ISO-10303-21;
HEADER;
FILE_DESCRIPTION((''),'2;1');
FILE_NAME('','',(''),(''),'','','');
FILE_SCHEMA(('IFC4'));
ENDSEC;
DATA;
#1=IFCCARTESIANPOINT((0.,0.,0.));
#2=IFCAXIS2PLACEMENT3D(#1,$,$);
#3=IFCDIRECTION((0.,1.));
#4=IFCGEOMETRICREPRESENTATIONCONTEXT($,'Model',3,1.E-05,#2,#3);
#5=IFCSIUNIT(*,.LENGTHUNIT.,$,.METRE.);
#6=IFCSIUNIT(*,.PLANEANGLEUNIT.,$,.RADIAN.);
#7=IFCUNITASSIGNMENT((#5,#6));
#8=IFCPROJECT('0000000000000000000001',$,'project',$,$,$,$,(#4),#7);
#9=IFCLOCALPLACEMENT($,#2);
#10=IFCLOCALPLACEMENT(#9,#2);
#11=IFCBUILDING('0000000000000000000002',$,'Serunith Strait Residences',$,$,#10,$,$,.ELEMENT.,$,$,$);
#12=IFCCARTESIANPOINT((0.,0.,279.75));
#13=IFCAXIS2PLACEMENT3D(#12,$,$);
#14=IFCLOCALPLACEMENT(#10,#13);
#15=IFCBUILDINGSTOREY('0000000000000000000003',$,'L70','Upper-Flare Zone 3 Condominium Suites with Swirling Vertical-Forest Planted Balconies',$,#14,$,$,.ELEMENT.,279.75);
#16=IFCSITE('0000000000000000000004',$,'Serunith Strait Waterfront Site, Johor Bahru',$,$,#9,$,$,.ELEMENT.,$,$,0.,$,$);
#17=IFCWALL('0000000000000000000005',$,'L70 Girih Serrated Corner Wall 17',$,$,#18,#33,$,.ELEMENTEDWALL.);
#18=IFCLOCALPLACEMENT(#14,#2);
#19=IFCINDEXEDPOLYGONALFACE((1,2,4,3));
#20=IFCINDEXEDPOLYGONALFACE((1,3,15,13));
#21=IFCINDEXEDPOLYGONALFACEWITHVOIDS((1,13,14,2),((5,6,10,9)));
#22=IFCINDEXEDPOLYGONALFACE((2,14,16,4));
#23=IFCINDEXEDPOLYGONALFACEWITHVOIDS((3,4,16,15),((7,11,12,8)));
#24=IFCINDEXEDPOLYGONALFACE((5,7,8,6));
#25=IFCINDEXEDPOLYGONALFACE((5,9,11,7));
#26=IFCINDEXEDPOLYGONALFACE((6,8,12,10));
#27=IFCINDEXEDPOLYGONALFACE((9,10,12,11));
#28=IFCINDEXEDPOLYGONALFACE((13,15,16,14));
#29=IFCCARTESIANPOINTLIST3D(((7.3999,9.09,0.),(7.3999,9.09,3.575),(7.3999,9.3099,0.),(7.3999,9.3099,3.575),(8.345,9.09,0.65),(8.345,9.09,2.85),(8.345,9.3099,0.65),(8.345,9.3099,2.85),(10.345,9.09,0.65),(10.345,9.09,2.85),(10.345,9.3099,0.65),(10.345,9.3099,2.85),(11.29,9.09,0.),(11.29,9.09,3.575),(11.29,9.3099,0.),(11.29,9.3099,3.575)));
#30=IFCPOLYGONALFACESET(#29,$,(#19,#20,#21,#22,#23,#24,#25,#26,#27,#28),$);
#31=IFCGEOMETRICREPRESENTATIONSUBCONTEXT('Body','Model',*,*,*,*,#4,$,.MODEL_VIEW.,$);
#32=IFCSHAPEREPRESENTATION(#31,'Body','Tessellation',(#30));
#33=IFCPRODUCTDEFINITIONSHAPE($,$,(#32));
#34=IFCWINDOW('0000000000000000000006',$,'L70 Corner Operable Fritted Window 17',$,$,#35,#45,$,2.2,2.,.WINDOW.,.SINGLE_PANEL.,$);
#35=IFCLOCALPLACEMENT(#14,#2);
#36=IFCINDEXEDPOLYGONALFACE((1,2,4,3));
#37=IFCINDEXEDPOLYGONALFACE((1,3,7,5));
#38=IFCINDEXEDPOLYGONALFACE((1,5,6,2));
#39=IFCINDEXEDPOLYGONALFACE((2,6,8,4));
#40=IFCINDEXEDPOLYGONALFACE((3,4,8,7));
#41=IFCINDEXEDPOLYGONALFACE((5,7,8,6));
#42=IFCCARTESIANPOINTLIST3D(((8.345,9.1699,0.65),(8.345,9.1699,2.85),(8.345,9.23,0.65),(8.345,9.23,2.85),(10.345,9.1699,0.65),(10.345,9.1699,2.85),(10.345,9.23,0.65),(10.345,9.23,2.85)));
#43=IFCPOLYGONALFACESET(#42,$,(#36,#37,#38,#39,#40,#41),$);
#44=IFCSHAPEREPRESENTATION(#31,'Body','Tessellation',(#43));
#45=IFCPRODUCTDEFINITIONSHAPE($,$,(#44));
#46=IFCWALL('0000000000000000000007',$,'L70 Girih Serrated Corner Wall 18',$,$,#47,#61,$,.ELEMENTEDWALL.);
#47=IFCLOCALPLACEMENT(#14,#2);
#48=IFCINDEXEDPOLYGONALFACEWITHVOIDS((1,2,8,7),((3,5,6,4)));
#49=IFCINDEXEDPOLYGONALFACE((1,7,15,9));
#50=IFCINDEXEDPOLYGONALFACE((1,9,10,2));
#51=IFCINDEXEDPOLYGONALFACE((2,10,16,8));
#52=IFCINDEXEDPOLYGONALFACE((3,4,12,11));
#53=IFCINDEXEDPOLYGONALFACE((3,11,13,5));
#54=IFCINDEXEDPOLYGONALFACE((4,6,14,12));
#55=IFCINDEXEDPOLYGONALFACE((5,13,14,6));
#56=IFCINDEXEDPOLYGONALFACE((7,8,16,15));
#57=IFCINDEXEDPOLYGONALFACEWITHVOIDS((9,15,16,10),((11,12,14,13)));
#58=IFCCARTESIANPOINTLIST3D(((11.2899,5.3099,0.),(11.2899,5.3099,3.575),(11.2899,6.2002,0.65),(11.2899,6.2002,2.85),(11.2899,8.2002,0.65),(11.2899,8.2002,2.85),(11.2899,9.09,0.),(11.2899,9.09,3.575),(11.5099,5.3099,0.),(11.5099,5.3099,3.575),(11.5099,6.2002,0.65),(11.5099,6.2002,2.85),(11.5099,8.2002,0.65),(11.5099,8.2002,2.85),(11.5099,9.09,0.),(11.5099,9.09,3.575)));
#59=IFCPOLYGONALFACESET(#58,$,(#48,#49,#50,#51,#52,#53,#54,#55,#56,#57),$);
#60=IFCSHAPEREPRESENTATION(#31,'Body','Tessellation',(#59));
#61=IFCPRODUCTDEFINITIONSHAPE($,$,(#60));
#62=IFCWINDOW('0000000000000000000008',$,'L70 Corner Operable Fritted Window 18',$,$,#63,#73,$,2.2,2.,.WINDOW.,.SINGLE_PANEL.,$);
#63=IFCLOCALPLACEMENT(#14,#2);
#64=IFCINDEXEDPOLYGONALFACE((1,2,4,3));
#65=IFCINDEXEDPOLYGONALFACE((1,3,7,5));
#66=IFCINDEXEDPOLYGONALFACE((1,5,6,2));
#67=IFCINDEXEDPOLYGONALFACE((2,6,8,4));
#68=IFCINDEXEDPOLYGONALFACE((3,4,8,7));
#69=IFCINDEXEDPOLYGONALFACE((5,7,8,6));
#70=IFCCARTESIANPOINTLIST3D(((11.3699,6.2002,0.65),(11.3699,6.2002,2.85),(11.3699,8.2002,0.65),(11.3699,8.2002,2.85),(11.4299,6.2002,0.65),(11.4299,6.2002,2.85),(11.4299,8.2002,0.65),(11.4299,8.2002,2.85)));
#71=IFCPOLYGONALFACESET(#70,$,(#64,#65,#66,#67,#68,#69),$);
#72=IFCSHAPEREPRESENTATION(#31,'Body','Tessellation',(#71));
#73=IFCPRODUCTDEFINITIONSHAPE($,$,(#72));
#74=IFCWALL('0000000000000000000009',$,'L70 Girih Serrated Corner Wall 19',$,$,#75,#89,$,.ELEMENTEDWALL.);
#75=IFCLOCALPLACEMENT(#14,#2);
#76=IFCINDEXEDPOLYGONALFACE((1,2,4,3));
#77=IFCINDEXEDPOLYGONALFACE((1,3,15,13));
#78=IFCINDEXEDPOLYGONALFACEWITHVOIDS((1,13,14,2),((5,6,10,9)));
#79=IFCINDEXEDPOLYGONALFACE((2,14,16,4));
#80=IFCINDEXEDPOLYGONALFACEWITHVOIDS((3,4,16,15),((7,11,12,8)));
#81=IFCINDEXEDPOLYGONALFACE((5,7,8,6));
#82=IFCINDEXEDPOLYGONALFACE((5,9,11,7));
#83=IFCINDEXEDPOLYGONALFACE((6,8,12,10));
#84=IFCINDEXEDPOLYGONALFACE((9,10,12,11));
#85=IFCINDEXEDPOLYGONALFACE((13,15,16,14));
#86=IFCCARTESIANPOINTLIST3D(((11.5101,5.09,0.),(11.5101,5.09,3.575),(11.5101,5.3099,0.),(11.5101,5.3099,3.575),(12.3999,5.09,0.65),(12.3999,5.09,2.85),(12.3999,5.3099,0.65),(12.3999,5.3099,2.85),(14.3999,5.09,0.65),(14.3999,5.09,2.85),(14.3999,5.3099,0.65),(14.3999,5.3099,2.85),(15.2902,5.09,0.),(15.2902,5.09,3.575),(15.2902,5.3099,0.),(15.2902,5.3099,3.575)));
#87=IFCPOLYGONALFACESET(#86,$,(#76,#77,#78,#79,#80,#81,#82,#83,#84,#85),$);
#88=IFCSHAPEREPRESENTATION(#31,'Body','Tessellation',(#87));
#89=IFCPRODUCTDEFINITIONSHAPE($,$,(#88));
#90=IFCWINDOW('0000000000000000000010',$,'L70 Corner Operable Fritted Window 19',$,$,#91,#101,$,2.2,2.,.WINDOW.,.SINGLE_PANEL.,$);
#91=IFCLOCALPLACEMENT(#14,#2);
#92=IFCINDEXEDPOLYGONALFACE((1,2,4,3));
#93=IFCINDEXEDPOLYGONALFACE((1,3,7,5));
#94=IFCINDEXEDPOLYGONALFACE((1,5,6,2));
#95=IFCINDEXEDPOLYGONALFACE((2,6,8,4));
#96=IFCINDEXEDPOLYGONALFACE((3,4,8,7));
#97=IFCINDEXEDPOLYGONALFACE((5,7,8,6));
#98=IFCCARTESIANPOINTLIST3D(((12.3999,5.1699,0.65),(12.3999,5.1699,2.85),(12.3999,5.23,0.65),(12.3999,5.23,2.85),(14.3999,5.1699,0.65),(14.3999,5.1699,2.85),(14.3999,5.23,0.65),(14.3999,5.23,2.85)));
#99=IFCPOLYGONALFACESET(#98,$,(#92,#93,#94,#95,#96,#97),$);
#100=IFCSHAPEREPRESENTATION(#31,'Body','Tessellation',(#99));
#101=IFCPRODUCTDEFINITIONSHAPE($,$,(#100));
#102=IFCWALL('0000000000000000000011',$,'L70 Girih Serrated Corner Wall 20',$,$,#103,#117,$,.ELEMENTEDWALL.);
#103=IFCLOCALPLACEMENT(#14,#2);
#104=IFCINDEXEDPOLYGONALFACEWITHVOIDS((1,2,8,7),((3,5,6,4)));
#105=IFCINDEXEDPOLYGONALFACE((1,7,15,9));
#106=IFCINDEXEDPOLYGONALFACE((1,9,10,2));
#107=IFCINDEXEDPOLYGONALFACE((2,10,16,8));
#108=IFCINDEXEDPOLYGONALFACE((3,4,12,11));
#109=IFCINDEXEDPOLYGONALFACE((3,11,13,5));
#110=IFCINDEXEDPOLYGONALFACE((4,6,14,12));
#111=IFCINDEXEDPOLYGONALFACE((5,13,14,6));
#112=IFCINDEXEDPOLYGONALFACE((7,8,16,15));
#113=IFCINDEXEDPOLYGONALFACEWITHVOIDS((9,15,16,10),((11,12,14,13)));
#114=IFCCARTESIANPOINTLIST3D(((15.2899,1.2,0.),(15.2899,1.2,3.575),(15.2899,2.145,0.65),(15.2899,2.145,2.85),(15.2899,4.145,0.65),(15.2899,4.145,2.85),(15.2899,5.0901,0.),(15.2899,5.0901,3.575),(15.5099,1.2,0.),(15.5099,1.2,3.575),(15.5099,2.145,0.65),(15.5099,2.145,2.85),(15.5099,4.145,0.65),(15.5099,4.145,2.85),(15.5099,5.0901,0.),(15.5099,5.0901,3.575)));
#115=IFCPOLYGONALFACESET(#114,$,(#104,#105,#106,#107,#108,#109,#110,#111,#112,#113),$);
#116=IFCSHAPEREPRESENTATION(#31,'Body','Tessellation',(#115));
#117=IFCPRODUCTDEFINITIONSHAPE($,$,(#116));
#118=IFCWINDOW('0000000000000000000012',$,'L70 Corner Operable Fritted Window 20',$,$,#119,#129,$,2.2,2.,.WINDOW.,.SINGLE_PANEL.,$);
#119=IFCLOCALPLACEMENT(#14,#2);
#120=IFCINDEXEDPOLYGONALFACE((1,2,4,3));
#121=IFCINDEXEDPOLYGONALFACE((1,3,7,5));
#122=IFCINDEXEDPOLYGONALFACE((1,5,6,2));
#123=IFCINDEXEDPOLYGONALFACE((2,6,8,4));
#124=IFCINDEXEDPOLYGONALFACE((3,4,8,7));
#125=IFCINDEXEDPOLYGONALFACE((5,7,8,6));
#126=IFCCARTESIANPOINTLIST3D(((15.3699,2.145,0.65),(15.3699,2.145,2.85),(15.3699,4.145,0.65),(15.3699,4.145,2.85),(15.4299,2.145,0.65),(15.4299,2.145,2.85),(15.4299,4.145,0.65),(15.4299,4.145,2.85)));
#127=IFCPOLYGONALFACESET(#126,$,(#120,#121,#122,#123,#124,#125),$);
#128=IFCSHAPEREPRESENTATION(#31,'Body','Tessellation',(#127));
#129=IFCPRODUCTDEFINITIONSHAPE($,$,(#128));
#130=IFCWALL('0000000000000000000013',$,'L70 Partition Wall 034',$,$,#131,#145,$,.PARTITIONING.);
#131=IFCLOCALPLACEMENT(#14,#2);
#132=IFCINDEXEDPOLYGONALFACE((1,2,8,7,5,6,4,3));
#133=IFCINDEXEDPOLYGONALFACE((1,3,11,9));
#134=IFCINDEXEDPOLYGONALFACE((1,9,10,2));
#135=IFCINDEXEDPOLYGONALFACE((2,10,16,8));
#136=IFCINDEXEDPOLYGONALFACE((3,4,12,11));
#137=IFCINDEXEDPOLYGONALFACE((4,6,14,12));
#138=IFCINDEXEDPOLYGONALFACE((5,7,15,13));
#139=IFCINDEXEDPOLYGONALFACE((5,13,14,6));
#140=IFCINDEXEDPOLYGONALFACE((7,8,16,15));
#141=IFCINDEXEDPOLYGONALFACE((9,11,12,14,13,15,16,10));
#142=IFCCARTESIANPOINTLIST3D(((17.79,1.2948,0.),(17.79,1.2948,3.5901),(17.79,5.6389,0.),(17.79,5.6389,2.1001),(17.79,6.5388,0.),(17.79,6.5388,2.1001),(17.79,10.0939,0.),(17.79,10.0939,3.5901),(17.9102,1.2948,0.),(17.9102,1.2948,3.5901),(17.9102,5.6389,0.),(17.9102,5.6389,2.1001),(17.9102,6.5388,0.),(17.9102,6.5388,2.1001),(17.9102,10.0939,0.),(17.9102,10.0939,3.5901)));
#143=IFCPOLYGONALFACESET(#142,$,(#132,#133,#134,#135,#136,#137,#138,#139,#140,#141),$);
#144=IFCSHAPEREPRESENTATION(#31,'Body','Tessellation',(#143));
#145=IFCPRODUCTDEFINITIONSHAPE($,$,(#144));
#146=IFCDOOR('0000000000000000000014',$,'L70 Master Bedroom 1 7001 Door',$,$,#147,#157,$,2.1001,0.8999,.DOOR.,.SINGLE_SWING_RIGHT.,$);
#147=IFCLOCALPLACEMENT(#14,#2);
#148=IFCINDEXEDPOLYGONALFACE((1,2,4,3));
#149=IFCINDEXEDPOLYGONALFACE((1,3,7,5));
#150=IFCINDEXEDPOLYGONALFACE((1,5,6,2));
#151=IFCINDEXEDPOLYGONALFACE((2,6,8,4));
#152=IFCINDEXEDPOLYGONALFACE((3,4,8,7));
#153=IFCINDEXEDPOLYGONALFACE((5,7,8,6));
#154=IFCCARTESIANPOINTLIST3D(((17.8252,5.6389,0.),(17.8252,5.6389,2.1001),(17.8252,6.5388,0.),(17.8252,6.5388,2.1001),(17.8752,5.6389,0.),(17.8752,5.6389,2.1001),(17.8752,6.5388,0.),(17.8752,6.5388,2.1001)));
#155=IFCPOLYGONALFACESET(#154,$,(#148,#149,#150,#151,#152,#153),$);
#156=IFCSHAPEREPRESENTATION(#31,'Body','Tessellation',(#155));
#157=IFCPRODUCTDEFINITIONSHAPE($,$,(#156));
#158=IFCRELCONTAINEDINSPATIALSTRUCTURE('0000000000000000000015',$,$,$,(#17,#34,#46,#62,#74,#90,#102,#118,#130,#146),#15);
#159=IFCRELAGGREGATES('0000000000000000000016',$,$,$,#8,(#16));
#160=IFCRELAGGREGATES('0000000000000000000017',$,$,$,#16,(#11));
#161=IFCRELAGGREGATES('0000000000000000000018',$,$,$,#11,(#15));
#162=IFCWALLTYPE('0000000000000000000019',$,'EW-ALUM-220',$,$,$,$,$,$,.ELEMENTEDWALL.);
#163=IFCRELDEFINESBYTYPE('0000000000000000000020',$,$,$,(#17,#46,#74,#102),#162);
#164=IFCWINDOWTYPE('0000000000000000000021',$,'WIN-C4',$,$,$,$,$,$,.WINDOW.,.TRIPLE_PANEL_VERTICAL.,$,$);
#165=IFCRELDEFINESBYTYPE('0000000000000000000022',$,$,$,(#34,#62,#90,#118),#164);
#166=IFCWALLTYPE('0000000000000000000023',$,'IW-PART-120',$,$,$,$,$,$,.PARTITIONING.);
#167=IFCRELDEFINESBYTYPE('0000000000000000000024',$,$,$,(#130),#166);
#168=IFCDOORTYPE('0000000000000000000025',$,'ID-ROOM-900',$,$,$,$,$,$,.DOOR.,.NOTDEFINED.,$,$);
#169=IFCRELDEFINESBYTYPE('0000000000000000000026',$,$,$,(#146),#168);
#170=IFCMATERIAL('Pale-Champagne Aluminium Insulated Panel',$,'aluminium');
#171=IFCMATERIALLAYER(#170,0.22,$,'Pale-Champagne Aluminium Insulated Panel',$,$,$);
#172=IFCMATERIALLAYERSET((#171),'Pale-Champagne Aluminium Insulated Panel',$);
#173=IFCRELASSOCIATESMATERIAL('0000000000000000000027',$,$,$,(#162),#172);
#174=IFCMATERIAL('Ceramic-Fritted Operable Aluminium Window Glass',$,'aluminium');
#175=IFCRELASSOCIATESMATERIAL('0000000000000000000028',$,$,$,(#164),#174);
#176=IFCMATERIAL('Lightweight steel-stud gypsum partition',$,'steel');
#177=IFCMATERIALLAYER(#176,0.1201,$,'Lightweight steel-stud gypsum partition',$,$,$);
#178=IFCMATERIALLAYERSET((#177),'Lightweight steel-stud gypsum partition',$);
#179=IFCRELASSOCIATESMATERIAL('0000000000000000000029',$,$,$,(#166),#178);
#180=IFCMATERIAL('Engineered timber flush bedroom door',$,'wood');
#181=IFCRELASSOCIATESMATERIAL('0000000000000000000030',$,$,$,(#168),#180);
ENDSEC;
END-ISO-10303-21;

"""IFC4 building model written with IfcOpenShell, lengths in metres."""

from ifc_helpers import new_model, si_unit, direction, frame, frame_2d, origin, place, context, subcontext, project, spatial, rectangle, extrude, source, transform, mapped, material, layer, layer_set, type_object, element, fill, save


model = new_model("IFC4")

# Units and contexts
model_context = context("Model", 3, precision=1e-05, world=origin(), true_north=direction((0.0, 1.0)))
body_context = subcontext(model_context, "Body", "Model", "MODEL_VIEW")
ifc_project = project(units=[si_unit("LENGTHUNIT", "METRE"), si_unit("PLANEANGLEUNIT", "RADIAN")], contexts=[model_context])

# Site, building, storey
site_placement = place(None, origin())
site = spatial("IfcSite", under=ifc_project, at=site_placement, Name="Serunith Strait Waterfront Site, Johor Bahru", CompositionType="ELEMENT", RefElevation=0.0)
building_placement = place(site_placement, origin())
building = spatial("IfcBuilding", under=site, at=building_placement, Name="Serunith Strait Residences", CompositionType="ELEMENT")
storey_placement = place(building_placement, frame((0.0, 0.0, 279.75)))
storey = spatial("IfcBuildingStorey", under=building, at=storey_placement, Name="L70", Description="Upper-Flare Zone 3 Condominium Suites with Swirling Vertical-Forest Planted Balconies", CompositionType="ELEMENT", Elevation=279.75)

# Walls, openings, windows
ifc_material_1 = material(Name="Pale-Champagne Aluminium Insulated Panel", Category="aluminium")
ifc_layer_1 = layer(ifc_material_1, 0.22, Name="Pale-Champagne Aluminium Insulated Panel")
ifc_layer_set_1 = layer_set([ifc_layer_1], Name="Pale-Champagne Aluminium Insulated Panel")
wall_type_1 = type_object("IfcWallType", Name="EW-ALUM-220", PredefinedType="ELEMENTEDWALL", material=ifc_layer_set_1)
wall_1_placement = place(storey_placement, frame((7.3999, 9.2, 0.0), z_axis=(0.0, 0.0, 1.0), x_axis=(1.0, 0.0, 0.0)))
wall_1 = element("IfcWall", 1, at=wall_1_placement, inside=storey, type_object=wall_type_1, Name="L70 Girih Serrated Corner Wall 17", PredefinedType="ELEMENTEDWALL", context=body_context, shape_type="SweptSolid", body=[
    extrude(rectangle(XDim=3.8901, YDim=0.22, at=frame_2d((1.9451, 0.0))), origin(), (0.0, 0.0, 1.0), 3.575),
])
opening_1_placement = place(wall_1_placement, frame((0.9451, 0.0, 0.6499)))
opening_1 = element("IfcOpeningElement", 2, at=opening_1_placement, cuts=wall_1, PredefinedType="OPENING", context=body_context, shape_type="SweptSolid", body=[
    extrude(rectangle(XDim=2.0, YDim=2.2, at=frame_2d((1.0, 1.1001))), frame((0.0, 0.1201, 0.0), z_axis=(0.0, -1.0, 0.0), x_axis=(1.0, 0.0, 0.0)), (0.0, 0.0, 1.0), 0.24),
])
ifc_material_2 = material(Name="Ceramic-Fritted Operable Aluminium Window Glass", Category="aluminium")
window_type = type_object("IfcWindowType", Name="WIN-C4", PartitioningType="TRIPLE_PANEL_VERTICAL", PredefinedType="WINDOW", material=ifc_material_2)
shared_shape_1 = source(origin(), body_context, "Body", "SweptSolid", [
    extrude(rectangle(XDim=2.0, YDim=2.2, at=frame_2d((1.0, 1.1001))), frame((0.0, 0.03, 0.0), z_axis=(0.0, -1.0, 0.0), x_axis=(1.0, 0.0, 0.0)), (0.0, 0.0, 1.0), 0.0601),
])
window_1_placement = place(opening_1_placement, origin())
window_1 = element("IfcWindow", 3, at=window_1_placement, inside=storey, type_object=window_type, Name="L70 Corner Operable Fritted Window 17", OverallHeight=2.2, OverallWidth=2.0, PartitioningType="SINGLE_PANEL", PredefinedType="WINDOW", context=body_context, shape_type="MappedRepresentation", body=[
    mapped(shared_shape_1, transform((0.0, 0.0, 0.0), scale=1.0)),
])
fill(opening_1, window_1)
wall_2_placement = place(storey_placement, frame((11.3999, 9.0901, 0.0), z_axis=(0.0, 0.0, 1.0), x_axis=(0.0, -1.0, 0.0)))
wall_2 = element("IfcWall", 4, at=wall_2_placement, inside=storey, type_object=wall_type_1, Name="L70 Girih Serrated Corner Wall 18", PredefinedType="ELEMENTEDWALL", context=body_context, shape_type="SweptSolid", body=[
    extrude(rectangle(XDim=3.78, YDim=0.22, at=frame_2d((1.8901, 0.0))), origin(), (0.0, 0.0, 1.0), 3.575),
])
opening_2_placement = place(wall_2_placement, frame((0.8899, 0.0, 0.6499)))
opening_2 = element("IfcOpeningElement", 5, at=opening_2_placement, cuts=wall_2, PredefinedType="OPENING", context=body_context, shape_type="SweptSolid", body=[
    extrude(rectangle(XDim=2.0, YDim=2.2, at=frame_2d((1.0, 1.1001))), frame((0.0, 0.1201, 0.0), z_axis=(0.0, -1.0, 0.0), x_axis=(1.0, 0.0, 0.0)), (0.0, 0.0, 1.0), 0.24),
])
window_2_placement = place(opening_2_placement, origin())
window_2 = element("IfcWindow", 6, at=window_2_placement, inside=storey, type_object=window_type, Name="L70 Corner Operable Fritted Window 18", OverallHeight=2.2, OverallWidth=2.0, PartitioningType="SINGLE_PANEL", PredefinedType="WINDOW", context=body_context, shape_type="MappedRepresentation", body=[
    mapped(shared_shape_1, transform((0.0, 0.0, 0.0), scale=1.0)),
])
fill(opening_2, window_2)
wall_3_placement = place(storey_placement, frame((11.51, 5.2, 0.0), z_axis=(0.0, 0.0, 1.0), x_axis=(1.0, 0.0, 0.0)))
wall_3 = element("IfcWall", 7, at=wall_3_placement, inside=storey, type_object=wall_type_1, Name="L70 Girih Serrated Corner Wall 19", PredefinedType="ELEMENTEDWALL", context=body_context, shape_type="SweptSolid", body=[
    extrude(rectangle(XDim=3.78, YDim=0.22, at=frame_2d((1.8901, 0.0))), origin(), (0.0, 0.0, 1.0), 3.575),
])
opening_3_placement = place(wall_3_placement, frame((0.8899, 0.0, 0.6499)))
opening_3 = element("IfcOpeningElement", 8, at=opening_3_placement, cuts=wall_3, PredefinedType="OPENING", context=body_context, shape_type="SweptSolid", body=[
    extrude(rectangle(XDim=2.0, YDim=2.2, at=frame_2d((1.0, 1.1001))), frame((0.0, 0.1201, 0.0), z_axis=(0.0, -1.0, 0.0), x_axis=(1.0, 0.0, 0.0)), (0.0, 0.0, 1.0), 0.24),
])
window_3_placement = place(opening_3_placement, origin())
window_3 = element("IfcWindow", 9, at=window_3_placement, inside=storey, type_object=window_type, Name="L70 Corner Operable Fritted Window 19", OverallHeight=2.2, OverallWidth=2.0, PartitioningType="SINGLE_PANEL", PredefinedType="WINDOW", context=body_context, shape_type="MappedRepresentation", body=[
    mapped(shared_shape_1, transform((0.0, 0.0, 0.0), scale=1.0)),
])
fill(opening_3, window_3)
wall_4_placement = place(storey_placement, frame((15.3999, 5.0901, 0.0), z_axis=(0.0, 0.0, 1.0), x_axis=(0.0, -1.0, 0.0)))
wall_4 = element("IfcWall", 10, at=wall_4_placement, inside=storey, type_object=wall_type_1, Name="L70 Girih Serrated Corner Wall 20", PredefinedType="ELEMENTEDWALL", context=body_context, shape_type="SweptSolid", body=[
    extrude(rectangle(XDim=3.8901, YDim=0.22, at=frame_2d((1.9451, 0.0))), origin(), (0.0, 0.0, 1.0), 3.575),
])
opening_4_placement = place(wall_4_placement, frame((0.9451, 0.0, 0.6499)))
opening_4 = element("IfcOpeningElement", 11, at=opening_4_placement, cuts=wall_4, PredefinedType="OPENING", context=body_context, shape_type="SweptSolid", body=[
    extrude(rectangle(XDim=2.0, YDim=2.2, at=frame_2d((1.0, 1.1001))), frame((0.0, 0.1201, 0.0), z_axis=(0.0, -1.0, 0.0), x_axis=(1.0, 0.0, 0.0)), (0.0, 0.0, 1.0), 0.24),
])
window_4_placement = place(opening_4_placement, origin())
window_4 = element("IfcWindow", 12, at=window_4_placement, inside=storey, type_object=window_type, Name="L70 Corner Operable Fritted Window 20", OverallHeight=2.2, OverallWidth=2.0, PartitioningType="SINGLE_PANEL", PredefinedType="WINDOW", context=body_context, shape_type="MappedRepresentation", body=[
    mapped(shared_shape_1, transform((0.0, 0.0, 0.0), scale=1.0)),
])
fill(opening_4, window_4)

# Wall, opening, door
ifc_material_3 = material(Name="Lightweight steel-stud gypsum partition", Category="steel")
ifc_layer_2 = layer(ifc_material_3, 0.1201, Name="Lightweight steel-stud gypsum partition")
ifc_layer_set_2 = layer_set([ifc_layer_2], Name="Lightweight steel-stud gypsum partition")
wall_type_2 = type_object("IfcWallType", Name="IW-PART-120", PredefinedType="PARTITIONING", material=ifc_layer_set_2)
wall_5_placement = place(storey_placement, frame((17.8501, 1.2949, 0.0), z_axis=(0.0, 0.0, 1.0), x_axis=(0.0, 1.0, 0.0)))
wall_5 = element("IfcWall", 13, at=wall_5_placement, inside=storey, type_object=wall_type_2, Name="L70 Partition Wall 034", PredefinedType="PARTITIONING", context=body_context, shape_type="SweptSolid", body=[
    extrude(rectangle(XDim=8.7991, YDim=0.1201, at=frame_2d((4.3994, 0.0))), origin(), (0.0, 0.0, 1.0), 3.5901),
])
opening_5_placement = place(wall_5_placement, frame((4.344, 0.0, 0.0)))
opening_5 = element("IfcOpeningElement", 14, at=opening_5_placement, cuts=wall_5, PredefinedType="OPENING", context=body_context, shape_type="SweptSolid", body=[
    extrude(rectangle(XDim=0.8999, YDim=2.1001, at=frame_2d((0.45, 1.05))), frame((0.0, 0.0701, 0.0), z_axis=(0.0, -1.0, 0.0), x_axis=(1.0, 0.0, 0.0)), (0.0, 0.0, 1.0), 0.1401),
])
ifc_material_4 = material(Name="Engineered timber flush bedroom door", Category="wood")
door_type = type_object("IfcDoorType", Name="ID-ROOM-900", OperationType="NOTDEFINED", PredefinedType="DOOR", material=ifc_material_4)
shared_shape_2 = source(origin(), body_context, "Body", "SweptSolid", [
    extrude(rectangle(XDim=0.8999, YDim=2.1001, at=frame_2d((0.45, 1.05))), frame((0.0, 0.0249, 0.0), z_axis=(0.0, -1.0, 0.0), x_axis=(1.0, 0.0, 0.0)), (0.0, 0.0, 1.0), 0.05),
])
door_placement = place(opening_5_placement, origin())
door = element("IfcDoor", 15, at=door_placement, inside=storey, type_object=door_type, Name="L70 Master Bedroom 1 7001 Door", OperationType="SINGLE_SWING_RIGHT", OverallHeight=2.1001, OverallWidth=0.8999, PredefinedType="DOOR", context=body_context, shape_type="MappedRepresentation", body=[
    mapped(shared_shape_2, transform((0.0, 0.0, 0.0), scale=1.0)),
])
fill(opening_5, door)

save(model, "model.ifc")
